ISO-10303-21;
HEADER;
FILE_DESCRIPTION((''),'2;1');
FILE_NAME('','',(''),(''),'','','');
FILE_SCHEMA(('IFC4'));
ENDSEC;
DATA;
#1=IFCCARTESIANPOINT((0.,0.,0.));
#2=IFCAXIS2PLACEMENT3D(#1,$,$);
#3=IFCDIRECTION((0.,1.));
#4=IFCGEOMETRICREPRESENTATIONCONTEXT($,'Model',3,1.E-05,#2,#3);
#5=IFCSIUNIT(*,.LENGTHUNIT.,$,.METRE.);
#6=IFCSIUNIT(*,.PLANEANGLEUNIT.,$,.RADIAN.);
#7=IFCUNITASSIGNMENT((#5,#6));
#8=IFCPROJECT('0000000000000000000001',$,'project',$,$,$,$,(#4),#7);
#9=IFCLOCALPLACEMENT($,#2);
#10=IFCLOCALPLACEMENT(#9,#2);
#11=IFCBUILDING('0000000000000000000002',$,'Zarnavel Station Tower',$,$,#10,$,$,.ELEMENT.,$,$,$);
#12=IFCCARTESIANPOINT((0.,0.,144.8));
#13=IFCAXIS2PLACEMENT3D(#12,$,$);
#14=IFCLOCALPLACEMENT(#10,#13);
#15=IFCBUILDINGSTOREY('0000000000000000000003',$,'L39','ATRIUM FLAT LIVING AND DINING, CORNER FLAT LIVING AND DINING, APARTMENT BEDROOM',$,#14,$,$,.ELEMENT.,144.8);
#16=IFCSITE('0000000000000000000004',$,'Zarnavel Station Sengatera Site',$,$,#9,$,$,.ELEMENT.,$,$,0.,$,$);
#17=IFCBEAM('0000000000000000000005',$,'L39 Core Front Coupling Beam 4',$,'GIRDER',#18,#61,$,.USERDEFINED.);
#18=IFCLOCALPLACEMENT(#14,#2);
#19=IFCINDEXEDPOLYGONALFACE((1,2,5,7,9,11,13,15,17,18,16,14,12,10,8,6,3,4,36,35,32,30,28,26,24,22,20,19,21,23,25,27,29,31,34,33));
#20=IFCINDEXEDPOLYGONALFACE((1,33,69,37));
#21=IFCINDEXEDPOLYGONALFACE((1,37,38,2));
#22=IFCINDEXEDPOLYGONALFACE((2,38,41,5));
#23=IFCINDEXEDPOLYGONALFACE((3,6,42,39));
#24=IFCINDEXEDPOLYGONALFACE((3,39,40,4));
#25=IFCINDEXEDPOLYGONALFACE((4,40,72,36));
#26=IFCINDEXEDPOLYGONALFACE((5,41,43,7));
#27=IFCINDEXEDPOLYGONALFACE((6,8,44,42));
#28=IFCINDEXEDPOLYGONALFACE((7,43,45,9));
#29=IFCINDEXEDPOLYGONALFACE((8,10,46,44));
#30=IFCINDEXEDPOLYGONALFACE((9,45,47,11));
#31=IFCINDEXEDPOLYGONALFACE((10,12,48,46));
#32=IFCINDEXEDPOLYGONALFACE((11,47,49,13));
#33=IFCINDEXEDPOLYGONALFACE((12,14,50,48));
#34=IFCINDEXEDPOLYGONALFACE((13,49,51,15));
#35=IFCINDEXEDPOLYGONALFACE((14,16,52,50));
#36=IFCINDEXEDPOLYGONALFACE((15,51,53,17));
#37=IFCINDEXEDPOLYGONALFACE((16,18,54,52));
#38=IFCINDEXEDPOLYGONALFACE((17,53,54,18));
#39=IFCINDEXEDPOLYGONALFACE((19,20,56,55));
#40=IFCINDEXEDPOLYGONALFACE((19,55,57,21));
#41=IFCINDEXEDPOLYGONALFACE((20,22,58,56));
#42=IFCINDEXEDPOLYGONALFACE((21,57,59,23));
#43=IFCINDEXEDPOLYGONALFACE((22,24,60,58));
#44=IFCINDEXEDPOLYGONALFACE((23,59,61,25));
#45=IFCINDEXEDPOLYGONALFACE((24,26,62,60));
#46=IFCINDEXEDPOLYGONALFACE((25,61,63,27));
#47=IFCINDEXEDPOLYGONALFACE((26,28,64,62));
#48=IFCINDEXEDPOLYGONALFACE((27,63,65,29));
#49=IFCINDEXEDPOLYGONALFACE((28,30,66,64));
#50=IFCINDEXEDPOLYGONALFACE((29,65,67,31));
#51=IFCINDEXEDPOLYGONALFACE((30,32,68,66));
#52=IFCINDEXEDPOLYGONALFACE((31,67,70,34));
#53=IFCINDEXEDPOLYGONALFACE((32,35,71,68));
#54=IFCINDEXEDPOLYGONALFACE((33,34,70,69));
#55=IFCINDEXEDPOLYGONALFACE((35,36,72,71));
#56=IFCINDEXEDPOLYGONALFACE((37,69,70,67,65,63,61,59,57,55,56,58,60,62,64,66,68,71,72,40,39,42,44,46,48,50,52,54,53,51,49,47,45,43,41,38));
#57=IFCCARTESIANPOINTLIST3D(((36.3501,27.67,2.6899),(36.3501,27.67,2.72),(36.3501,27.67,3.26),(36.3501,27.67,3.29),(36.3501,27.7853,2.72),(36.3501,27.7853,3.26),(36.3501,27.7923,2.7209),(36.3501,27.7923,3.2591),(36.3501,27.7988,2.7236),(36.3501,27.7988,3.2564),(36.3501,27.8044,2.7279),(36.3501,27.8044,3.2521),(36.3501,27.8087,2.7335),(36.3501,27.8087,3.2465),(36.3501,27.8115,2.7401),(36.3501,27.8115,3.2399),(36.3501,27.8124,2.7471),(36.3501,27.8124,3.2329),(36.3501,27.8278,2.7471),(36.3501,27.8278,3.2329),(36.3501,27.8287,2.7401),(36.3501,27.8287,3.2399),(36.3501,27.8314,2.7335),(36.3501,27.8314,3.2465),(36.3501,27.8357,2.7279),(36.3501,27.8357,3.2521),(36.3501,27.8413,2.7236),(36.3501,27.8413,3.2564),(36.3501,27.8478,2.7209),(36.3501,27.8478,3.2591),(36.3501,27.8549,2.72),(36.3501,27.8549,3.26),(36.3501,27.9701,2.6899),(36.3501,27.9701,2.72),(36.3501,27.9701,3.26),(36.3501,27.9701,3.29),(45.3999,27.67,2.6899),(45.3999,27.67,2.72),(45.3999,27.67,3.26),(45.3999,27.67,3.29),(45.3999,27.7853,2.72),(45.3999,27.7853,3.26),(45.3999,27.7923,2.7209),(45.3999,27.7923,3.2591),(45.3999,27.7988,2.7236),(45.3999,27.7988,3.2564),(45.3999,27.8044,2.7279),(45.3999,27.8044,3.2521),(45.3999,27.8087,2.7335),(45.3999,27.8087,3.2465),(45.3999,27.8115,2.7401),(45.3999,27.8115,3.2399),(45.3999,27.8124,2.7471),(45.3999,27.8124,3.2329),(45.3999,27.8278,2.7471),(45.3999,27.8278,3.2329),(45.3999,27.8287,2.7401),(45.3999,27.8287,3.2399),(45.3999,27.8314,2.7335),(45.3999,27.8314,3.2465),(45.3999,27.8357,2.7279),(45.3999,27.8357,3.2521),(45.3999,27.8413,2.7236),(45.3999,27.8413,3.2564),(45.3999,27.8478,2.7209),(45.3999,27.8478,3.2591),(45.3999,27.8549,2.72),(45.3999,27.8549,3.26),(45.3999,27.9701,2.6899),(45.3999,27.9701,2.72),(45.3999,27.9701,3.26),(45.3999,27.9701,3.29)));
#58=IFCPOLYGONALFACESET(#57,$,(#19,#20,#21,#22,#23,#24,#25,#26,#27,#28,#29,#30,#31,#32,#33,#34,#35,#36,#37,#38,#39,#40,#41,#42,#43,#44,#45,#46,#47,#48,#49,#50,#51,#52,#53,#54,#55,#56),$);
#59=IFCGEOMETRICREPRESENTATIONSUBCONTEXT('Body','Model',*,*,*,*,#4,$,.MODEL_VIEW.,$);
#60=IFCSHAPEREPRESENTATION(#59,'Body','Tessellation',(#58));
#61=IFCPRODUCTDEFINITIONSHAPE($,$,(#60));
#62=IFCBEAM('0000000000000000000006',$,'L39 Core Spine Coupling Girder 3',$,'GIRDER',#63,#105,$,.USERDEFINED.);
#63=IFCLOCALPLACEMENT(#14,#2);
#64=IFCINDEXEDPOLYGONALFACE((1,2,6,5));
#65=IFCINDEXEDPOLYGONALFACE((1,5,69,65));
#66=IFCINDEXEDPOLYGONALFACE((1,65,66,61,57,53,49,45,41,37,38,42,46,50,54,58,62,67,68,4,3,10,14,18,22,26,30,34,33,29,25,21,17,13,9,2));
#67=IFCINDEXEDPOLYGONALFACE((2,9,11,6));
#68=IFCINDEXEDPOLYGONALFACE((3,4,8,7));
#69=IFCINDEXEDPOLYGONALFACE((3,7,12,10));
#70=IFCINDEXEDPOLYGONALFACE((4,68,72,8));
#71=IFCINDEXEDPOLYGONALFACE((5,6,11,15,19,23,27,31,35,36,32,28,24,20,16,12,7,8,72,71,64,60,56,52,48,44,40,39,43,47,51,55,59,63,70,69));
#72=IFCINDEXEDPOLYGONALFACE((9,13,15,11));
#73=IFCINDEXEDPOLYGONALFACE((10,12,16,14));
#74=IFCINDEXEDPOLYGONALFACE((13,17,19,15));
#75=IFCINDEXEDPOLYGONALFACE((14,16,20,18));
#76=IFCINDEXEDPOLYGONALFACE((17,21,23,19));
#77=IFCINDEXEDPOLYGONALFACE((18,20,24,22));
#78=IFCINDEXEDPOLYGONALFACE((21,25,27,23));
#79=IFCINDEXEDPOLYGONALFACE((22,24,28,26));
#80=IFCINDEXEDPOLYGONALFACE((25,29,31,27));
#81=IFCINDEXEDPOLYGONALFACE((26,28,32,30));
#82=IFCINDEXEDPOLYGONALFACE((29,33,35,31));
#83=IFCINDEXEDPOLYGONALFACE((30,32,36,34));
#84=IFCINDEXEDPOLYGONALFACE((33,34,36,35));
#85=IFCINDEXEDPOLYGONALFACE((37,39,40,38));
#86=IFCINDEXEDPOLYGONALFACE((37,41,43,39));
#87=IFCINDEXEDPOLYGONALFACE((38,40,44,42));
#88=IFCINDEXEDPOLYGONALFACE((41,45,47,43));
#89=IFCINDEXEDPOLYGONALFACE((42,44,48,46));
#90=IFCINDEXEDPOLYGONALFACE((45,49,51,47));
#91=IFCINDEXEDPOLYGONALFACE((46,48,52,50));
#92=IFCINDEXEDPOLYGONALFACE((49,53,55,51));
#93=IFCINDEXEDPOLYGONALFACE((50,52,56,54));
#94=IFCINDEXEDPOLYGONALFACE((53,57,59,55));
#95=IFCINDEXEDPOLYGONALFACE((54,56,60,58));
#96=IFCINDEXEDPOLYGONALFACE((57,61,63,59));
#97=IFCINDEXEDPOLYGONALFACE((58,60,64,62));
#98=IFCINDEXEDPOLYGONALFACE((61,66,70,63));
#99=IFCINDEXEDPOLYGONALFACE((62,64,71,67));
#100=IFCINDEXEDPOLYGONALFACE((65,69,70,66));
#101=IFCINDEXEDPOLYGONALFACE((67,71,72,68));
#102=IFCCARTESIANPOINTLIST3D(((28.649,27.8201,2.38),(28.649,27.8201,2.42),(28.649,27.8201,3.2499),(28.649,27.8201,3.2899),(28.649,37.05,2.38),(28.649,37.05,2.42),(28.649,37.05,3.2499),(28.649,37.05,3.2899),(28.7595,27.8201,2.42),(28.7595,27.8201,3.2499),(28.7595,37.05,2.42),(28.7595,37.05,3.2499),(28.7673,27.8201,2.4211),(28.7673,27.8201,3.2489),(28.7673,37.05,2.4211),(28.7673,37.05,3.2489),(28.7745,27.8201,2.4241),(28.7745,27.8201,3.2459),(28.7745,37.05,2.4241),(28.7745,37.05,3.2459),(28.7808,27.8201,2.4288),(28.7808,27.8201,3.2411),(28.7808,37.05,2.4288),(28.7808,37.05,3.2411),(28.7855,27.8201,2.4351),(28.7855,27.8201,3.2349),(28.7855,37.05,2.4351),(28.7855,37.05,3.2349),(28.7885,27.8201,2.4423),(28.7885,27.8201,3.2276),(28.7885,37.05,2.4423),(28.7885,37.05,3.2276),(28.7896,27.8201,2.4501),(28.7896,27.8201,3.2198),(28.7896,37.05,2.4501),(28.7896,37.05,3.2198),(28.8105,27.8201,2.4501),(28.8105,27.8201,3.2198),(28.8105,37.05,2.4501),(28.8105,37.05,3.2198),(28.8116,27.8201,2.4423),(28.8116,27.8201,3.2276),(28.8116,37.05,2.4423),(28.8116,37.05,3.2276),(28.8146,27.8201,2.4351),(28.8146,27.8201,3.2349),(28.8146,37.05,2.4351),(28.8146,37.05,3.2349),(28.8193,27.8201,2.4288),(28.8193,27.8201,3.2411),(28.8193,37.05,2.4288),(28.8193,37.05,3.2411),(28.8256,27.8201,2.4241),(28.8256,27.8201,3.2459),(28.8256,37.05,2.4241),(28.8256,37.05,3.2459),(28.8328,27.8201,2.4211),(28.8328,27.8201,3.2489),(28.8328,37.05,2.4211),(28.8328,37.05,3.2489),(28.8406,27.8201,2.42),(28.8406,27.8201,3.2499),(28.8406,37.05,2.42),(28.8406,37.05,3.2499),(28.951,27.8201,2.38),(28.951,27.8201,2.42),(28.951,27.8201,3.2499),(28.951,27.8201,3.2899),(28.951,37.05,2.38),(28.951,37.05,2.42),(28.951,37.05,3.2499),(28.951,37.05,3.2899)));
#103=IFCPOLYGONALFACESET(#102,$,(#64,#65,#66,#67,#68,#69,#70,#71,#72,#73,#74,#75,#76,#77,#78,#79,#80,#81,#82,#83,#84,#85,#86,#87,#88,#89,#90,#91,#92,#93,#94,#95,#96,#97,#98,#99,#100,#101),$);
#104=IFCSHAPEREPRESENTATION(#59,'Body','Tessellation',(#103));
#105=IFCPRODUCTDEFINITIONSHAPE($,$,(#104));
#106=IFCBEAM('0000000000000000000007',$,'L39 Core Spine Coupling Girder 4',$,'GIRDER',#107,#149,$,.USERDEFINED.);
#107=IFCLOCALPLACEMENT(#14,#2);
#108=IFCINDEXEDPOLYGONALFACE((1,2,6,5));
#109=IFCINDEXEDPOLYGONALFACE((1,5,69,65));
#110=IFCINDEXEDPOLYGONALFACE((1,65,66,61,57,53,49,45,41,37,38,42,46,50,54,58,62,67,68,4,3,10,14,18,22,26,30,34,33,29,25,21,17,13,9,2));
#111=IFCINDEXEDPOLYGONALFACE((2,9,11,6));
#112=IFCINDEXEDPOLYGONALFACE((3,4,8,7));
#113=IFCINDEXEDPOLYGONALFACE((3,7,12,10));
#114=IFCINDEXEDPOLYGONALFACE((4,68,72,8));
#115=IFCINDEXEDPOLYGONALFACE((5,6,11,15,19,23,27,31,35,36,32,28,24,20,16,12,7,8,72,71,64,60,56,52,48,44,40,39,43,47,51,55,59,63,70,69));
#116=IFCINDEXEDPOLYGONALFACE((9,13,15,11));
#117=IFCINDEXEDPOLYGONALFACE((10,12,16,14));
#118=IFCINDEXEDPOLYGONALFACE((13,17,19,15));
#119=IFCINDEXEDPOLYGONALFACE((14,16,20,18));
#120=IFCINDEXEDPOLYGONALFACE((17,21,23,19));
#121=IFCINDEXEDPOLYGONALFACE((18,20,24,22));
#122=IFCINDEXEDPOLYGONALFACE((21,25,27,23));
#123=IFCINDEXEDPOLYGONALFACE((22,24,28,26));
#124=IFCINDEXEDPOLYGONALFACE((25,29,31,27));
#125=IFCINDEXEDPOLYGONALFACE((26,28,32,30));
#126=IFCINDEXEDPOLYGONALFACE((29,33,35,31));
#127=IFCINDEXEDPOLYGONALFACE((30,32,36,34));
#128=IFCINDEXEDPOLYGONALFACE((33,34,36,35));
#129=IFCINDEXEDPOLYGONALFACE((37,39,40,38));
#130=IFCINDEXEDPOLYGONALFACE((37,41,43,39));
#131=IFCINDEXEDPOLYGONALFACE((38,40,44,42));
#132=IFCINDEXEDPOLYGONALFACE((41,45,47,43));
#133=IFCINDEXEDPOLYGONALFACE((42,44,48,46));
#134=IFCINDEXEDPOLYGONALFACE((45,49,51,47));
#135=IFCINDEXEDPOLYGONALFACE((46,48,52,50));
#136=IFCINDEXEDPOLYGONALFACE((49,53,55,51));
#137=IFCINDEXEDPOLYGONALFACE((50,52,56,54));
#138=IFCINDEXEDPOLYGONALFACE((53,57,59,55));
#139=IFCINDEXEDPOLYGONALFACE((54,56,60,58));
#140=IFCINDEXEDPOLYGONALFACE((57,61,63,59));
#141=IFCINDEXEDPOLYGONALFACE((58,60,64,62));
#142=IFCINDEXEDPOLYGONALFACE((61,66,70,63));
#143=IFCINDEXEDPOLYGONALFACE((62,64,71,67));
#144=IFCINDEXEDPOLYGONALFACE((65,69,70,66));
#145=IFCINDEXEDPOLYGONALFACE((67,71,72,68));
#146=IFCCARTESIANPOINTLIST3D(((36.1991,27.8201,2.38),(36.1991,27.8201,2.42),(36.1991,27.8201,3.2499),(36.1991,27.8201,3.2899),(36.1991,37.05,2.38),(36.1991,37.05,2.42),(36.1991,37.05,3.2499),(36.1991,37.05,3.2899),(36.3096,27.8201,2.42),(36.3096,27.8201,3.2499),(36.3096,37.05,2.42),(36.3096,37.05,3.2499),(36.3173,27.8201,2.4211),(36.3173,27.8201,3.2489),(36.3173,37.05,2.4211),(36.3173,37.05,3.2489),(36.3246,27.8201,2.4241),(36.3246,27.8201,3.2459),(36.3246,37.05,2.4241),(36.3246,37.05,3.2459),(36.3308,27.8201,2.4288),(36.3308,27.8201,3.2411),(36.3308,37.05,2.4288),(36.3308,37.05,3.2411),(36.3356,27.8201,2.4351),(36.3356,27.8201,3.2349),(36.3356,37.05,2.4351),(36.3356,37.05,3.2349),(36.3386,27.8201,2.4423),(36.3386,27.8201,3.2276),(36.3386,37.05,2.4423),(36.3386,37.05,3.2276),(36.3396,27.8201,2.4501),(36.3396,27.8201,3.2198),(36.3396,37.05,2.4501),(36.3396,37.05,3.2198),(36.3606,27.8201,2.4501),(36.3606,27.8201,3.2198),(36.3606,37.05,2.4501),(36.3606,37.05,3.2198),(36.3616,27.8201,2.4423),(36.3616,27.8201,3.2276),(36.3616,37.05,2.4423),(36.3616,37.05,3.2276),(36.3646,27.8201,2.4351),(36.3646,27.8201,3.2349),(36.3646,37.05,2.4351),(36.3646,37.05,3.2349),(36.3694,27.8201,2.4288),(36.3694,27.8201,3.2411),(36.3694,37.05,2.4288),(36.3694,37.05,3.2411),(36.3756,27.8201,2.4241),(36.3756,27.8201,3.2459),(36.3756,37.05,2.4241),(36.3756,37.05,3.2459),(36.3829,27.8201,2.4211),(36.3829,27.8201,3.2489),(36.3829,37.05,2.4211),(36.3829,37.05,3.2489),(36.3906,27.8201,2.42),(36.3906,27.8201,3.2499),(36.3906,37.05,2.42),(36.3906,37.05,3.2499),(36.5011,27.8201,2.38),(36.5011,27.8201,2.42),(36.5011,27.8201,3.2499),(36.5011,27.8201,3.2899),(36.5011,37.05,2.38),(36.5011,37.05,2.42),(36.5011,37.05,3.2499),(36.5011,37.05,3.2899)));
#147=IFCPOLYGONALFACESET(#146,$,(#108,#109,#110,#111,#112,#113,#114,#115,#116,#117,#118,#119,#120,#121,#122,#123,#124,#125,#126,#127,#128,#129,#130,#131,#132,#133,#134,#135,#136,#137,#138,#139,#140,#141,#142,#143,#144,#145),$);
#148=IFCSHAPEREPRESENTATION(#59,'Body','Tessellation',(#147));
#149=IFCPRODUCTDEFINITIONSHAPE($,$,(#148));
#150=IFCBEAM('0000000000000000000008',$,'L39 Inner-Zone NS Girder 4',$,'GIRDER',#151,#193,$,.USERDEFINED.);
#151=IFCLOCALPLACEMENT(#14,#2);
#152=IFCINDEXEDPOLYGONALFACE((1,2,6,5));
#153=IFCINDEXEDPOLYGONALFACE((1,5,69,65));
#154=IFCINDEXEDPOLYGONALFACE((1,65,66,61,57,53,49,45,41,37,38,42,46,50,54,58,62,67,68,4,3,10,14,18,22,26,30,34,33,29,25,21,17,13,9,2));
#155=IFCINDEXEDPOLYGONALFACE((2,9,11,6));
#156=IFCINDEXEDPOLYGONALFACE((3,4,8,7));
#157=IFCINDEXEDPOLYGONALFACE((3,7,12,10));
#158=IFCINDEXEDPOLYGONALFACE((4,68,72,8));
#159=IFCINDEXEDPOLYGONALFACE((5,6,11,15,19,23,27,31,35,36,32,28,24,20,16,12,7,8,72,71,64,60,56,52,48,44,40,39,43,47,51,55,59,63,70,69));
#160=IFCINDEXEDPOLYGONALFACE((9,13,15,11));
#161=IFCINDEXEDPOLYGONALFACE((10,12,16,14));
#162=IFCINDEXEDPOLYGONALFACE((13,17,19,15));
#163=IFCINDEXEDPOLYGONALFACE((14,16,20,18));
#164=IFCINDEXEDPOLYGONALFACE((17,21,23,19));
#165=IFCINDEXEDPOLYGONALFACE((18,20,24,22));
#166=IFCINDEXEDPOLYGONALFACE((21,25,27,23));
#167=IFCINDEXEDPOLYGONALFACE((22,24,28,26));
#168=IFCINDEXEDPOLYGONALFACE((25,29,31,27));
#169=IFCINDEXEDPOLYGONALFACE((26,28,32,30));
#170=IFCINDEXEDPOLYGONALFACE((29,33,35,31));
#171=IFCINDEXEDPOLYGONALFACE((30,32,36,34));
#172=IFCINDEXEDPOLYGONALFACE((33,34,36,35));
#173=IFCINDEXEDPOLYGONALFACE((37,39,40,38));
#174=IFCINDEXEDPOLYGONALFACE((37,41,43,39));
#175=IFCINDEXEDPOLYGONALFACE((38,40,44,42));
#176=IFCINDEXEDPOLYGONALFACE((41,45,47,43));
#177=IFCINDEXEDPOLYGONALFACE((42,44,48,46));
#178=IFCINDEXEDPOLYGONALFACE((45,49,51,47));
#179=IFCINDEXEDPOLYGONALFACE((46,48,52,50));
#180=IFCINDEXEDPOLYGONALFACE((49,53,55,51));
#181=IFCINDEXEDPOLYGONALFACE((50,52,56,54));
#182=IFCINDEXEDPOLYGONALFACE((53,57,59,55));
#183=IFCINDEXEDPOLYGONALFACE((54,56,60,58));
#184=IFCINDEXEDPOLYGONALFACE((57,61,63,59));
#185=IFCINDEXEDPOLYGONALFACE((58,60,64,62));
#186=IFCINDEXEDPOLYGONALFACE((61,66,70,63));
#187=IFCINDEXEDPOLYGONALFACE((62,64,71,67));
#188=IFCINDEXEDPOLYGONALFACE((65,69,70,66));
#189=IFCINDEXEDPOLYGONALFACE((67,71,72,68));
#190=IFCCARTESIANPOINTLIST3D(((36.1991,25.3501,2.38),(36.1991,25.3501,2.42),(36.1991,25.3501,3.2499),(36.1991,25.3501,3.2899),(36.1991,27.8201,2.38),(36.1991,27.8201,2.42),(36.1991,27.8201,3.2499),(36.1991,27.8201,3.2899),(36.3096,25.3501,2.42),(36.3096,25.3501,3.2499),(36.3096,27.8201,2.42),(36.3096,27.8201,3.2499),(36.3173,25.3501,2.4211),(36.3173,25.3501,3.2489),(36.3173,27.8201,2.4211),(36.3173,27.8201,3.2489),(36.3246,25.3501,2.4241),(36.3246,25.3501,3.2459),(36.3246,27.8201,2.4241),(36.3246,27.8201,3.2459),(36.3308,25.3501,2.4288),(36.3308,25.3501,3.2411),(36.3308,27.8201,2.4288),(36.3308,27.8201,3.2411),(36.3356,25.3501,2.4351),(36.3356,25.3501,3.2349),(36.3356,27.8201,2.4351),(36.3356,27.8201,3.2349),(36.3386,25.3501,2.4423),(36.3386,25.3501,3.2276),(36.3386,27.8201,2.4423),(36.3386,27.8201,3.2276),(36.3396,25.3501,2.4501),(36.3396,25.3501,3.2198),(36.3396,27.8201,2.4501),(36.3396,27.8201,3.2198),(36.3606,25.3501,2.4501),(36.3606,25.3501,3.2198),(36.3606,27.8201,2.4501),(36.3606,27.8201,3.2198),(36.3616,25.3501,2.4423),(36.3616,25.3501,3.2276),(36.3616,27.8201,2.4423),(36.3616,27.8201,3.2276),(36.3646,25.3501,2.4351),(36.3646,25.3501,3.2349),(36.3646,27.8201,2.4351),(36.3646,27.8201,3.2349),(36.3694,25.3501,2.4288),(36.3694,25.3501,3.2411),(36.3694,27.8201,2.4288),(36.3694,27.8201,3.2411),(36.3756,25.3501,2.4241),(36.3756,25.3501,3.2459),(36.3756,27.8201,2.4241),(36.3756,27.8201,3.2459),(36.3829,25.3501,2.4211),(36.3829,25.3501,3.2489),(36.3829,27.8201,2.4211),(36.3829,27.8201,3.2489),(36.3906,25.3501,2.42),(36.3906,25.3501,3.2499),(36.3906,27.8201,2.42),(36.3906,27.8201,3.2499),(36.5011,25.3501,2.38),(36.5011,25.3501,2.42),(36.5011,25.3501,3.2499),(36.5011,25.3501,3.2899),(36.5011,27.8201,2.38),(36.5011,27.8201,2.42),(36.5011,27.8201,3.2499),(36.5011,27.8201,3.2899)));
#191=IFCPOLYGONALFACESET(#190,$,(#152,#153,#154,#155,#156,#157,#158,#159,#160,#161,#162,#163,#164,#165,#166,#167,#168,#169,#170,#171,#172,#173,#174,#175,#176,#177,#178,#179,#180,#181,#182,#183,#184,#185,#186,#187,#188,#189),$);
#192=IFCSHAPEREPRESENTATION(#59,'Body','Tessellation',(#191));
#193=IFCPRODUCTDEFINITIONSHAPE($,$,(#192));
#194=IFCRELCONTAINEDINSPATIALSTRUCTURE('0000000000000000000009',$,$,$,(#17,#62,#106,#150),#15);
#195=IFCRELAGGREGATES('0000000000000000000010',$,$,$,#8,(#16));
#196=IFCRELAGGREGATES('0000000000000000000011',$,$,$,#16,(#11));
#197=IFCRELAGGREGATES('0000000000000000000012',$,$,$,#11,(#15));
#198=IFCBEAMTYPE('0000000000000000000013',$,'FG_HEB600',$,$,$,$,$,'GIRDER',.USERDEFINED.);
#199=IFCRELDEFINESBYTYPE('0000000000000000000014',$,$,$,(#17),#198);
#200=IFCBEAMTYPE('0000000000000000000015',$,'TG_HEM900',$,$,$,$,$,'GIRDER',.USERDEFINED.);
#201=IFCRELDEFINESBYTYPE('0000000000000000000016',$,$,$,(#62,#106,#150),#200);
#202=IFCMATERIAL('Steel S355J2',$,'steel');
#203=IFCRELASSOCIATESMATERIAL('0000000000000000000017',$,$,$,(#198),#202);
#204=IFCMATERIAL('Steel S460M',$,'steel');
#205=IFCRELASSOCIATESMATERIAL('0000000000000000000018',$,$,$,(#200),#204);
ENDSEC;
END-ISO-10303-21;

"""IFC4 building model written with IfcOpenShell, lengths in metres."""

from ifc_helpers import new_model, si_unit, direction, frame, origin, origin_2d, place, context, subcontext, project, spatial, i_section, extrude, material, material_profile, profile_set, type_object, element, save


model = new_model("IFC4")

# Units and contexts
model_context = context("Model", 3, precision=1e-05, world=origin(), true_north=direction((0.0, 1.0)))
body_context = subcontext(model_context, "Body", "Model", "MODEL_VIEW")
ifc_project = project(units=[si_unit("LENGTHUNIT", "METRE"), si_unit("PLANEANGLEUNIT", "RADIAN")], contexts=[model_context])

# Site, building, storey
site_placement = place(None, origin())
site = spatial("IfcSite", under=ifc_project, at=site_placement, Name="Zarnavel Station Sengatera Site", CompositionType="ELEMENT", RefElevation=0.0)
building_placement = place(site_placement, origin())
building = spatial("IfcBuilding", under=site, at=building_placement, Name="Zarnavel Station Tower", CompositionType="ELEMENT")
storey_placement = place(building_placement, frame((0.0, 0.0, 144.8)))
storey = spatial("IfcBuildingStorey", under=building, at=storey_placement, Name="L39", Description="ATRIUM FLAT LIVING AND DINING, CORNER FLAT LIVING AND DINING, APARTMENT BEDROOM", CompositionType="ELEMENT", Elevation=144.8)

# Beams
ifc_material_1 = material(Name="Steel S355J2", Category="steel")
ifc_material_profile_1 = material_profile(ifc_material_1, i_section(OverallWidth=0.3, OverallDepth=0.6001, WebThickness=0.0154, FlangeThickness=0.03, FilletRadius=0.0271, at=origin_2d()), Name="HEB600")
ifc_profile_set_1 = profile_set([ifc_material_profile_1], Name="Steel S355J2")
beam_type_1 = type_object("IfcBeamType", Name="FG_HEB600", ElementType="GIRDER", PredefinedType="USERDEFINED", material=ifc_profile_set_1)
beam_1_placement = place(storey_placement, frame((36.3501, 27.8201, 2.99), z_axis=(1.0, 0.0, 0.0), x_axis=(0.0, 1.0, 0.0)))
element("IfcBeam", 1, at=beam_1_placement, inside=storey, type_object=beam_type_1, Name="L39 Core Front Coupling Beam 4", ObjectType="GIRDER", PredefinedType="USERDEFINED", context=body_context, shape_type="SweptSolid", body=[
    extrude(i_section(OverallWidth=0.3, OverallDepth=0.6001, WebThickness=0.0154, FlangeThickness=0.03, FilletRadius=0.0271, at=origin_2d()), origin(), (0.0, 0.0, 1.0), 9.0498),
])
ifc_material_2 = material(Name="Steel S460M", Category="steel")
ifc_material_profile_2 = material_profile(ifc_material_2, i_section(OverallWidth=0.302, OverallDepth=0.9099, WebThickness=0.021, FlangeThickness=0.04, FilletRadius=0.03, at=origin_2d()), Name="HEM900")
ifc_profile_set_2 = profile_set([ifc_material_profile_2], Name="Steel S460M")
beam_type_2 = type_object("IfcBeamType", Name="TG_HEM900", ElementType="GIRDER", PredefinedType="USERDEFINED", material=ifc_profile_set_2)
for number, where, z_axis, x_axis, name in (
    (2, (28.8, 27.8201, 2.835), (0.0, 1.0, 0.0), (-1.0, 0.0, 0.0), "L39 Core Spine Coupling Girder 3"),
    (3, (36.3501, 27.8201, 2.835), (0.0, 1.0, 0.0), (-1.0, 0.0, 0.0), "L39 Core Spine Coupling Girder 4"),
):
    element("IfcBeam", number, at=place(storey_placement, frame(where, z_axis=z_axis, x_axis=x_axis)), inside=storey, type_object=beam_type_2, Name=name, ObjectType="GIRDER", PredefinedType="USERDEFINED", context=body_context, shape_type="SweptSolid", body=[
        extrude(i_section(OverallWidth=0.302, OverallDepth=0.9099, WebThickness=0.021, FlangeThickness=0.04, FilletRadius=0.03, at=origin_2d()), origin(), (0.0, 0.0, 1.0), 9.23),
    ])
beam_2_placement = place(storey_placement, frame((36.3501, 25.3501, 2.835), z_axis=(0.0, 1.0, 0.0), x_axis=(-1.0, 0.0, 0.0)))
element("IfcBeam", 4, at=beam_2_placement, inside=storey, type_object=beam_type_2, Name="L39 Inner-Zone NS Girder 4", ObjectType="GIRDER", PredefinedType="USERDEFINED", context=body_context, shape_type="SweptSolid", body=[
    extrude(i_section(OverallWidth=0.302, OverallDepth=0.9099, WebThickness=0.021, FlangeThickness=0.04, FilletRadius=0.03, at=origin_2d()), origin(), (0.0, 0.0, 1.0), 2.47),
])

save(model, "model.ifc")
